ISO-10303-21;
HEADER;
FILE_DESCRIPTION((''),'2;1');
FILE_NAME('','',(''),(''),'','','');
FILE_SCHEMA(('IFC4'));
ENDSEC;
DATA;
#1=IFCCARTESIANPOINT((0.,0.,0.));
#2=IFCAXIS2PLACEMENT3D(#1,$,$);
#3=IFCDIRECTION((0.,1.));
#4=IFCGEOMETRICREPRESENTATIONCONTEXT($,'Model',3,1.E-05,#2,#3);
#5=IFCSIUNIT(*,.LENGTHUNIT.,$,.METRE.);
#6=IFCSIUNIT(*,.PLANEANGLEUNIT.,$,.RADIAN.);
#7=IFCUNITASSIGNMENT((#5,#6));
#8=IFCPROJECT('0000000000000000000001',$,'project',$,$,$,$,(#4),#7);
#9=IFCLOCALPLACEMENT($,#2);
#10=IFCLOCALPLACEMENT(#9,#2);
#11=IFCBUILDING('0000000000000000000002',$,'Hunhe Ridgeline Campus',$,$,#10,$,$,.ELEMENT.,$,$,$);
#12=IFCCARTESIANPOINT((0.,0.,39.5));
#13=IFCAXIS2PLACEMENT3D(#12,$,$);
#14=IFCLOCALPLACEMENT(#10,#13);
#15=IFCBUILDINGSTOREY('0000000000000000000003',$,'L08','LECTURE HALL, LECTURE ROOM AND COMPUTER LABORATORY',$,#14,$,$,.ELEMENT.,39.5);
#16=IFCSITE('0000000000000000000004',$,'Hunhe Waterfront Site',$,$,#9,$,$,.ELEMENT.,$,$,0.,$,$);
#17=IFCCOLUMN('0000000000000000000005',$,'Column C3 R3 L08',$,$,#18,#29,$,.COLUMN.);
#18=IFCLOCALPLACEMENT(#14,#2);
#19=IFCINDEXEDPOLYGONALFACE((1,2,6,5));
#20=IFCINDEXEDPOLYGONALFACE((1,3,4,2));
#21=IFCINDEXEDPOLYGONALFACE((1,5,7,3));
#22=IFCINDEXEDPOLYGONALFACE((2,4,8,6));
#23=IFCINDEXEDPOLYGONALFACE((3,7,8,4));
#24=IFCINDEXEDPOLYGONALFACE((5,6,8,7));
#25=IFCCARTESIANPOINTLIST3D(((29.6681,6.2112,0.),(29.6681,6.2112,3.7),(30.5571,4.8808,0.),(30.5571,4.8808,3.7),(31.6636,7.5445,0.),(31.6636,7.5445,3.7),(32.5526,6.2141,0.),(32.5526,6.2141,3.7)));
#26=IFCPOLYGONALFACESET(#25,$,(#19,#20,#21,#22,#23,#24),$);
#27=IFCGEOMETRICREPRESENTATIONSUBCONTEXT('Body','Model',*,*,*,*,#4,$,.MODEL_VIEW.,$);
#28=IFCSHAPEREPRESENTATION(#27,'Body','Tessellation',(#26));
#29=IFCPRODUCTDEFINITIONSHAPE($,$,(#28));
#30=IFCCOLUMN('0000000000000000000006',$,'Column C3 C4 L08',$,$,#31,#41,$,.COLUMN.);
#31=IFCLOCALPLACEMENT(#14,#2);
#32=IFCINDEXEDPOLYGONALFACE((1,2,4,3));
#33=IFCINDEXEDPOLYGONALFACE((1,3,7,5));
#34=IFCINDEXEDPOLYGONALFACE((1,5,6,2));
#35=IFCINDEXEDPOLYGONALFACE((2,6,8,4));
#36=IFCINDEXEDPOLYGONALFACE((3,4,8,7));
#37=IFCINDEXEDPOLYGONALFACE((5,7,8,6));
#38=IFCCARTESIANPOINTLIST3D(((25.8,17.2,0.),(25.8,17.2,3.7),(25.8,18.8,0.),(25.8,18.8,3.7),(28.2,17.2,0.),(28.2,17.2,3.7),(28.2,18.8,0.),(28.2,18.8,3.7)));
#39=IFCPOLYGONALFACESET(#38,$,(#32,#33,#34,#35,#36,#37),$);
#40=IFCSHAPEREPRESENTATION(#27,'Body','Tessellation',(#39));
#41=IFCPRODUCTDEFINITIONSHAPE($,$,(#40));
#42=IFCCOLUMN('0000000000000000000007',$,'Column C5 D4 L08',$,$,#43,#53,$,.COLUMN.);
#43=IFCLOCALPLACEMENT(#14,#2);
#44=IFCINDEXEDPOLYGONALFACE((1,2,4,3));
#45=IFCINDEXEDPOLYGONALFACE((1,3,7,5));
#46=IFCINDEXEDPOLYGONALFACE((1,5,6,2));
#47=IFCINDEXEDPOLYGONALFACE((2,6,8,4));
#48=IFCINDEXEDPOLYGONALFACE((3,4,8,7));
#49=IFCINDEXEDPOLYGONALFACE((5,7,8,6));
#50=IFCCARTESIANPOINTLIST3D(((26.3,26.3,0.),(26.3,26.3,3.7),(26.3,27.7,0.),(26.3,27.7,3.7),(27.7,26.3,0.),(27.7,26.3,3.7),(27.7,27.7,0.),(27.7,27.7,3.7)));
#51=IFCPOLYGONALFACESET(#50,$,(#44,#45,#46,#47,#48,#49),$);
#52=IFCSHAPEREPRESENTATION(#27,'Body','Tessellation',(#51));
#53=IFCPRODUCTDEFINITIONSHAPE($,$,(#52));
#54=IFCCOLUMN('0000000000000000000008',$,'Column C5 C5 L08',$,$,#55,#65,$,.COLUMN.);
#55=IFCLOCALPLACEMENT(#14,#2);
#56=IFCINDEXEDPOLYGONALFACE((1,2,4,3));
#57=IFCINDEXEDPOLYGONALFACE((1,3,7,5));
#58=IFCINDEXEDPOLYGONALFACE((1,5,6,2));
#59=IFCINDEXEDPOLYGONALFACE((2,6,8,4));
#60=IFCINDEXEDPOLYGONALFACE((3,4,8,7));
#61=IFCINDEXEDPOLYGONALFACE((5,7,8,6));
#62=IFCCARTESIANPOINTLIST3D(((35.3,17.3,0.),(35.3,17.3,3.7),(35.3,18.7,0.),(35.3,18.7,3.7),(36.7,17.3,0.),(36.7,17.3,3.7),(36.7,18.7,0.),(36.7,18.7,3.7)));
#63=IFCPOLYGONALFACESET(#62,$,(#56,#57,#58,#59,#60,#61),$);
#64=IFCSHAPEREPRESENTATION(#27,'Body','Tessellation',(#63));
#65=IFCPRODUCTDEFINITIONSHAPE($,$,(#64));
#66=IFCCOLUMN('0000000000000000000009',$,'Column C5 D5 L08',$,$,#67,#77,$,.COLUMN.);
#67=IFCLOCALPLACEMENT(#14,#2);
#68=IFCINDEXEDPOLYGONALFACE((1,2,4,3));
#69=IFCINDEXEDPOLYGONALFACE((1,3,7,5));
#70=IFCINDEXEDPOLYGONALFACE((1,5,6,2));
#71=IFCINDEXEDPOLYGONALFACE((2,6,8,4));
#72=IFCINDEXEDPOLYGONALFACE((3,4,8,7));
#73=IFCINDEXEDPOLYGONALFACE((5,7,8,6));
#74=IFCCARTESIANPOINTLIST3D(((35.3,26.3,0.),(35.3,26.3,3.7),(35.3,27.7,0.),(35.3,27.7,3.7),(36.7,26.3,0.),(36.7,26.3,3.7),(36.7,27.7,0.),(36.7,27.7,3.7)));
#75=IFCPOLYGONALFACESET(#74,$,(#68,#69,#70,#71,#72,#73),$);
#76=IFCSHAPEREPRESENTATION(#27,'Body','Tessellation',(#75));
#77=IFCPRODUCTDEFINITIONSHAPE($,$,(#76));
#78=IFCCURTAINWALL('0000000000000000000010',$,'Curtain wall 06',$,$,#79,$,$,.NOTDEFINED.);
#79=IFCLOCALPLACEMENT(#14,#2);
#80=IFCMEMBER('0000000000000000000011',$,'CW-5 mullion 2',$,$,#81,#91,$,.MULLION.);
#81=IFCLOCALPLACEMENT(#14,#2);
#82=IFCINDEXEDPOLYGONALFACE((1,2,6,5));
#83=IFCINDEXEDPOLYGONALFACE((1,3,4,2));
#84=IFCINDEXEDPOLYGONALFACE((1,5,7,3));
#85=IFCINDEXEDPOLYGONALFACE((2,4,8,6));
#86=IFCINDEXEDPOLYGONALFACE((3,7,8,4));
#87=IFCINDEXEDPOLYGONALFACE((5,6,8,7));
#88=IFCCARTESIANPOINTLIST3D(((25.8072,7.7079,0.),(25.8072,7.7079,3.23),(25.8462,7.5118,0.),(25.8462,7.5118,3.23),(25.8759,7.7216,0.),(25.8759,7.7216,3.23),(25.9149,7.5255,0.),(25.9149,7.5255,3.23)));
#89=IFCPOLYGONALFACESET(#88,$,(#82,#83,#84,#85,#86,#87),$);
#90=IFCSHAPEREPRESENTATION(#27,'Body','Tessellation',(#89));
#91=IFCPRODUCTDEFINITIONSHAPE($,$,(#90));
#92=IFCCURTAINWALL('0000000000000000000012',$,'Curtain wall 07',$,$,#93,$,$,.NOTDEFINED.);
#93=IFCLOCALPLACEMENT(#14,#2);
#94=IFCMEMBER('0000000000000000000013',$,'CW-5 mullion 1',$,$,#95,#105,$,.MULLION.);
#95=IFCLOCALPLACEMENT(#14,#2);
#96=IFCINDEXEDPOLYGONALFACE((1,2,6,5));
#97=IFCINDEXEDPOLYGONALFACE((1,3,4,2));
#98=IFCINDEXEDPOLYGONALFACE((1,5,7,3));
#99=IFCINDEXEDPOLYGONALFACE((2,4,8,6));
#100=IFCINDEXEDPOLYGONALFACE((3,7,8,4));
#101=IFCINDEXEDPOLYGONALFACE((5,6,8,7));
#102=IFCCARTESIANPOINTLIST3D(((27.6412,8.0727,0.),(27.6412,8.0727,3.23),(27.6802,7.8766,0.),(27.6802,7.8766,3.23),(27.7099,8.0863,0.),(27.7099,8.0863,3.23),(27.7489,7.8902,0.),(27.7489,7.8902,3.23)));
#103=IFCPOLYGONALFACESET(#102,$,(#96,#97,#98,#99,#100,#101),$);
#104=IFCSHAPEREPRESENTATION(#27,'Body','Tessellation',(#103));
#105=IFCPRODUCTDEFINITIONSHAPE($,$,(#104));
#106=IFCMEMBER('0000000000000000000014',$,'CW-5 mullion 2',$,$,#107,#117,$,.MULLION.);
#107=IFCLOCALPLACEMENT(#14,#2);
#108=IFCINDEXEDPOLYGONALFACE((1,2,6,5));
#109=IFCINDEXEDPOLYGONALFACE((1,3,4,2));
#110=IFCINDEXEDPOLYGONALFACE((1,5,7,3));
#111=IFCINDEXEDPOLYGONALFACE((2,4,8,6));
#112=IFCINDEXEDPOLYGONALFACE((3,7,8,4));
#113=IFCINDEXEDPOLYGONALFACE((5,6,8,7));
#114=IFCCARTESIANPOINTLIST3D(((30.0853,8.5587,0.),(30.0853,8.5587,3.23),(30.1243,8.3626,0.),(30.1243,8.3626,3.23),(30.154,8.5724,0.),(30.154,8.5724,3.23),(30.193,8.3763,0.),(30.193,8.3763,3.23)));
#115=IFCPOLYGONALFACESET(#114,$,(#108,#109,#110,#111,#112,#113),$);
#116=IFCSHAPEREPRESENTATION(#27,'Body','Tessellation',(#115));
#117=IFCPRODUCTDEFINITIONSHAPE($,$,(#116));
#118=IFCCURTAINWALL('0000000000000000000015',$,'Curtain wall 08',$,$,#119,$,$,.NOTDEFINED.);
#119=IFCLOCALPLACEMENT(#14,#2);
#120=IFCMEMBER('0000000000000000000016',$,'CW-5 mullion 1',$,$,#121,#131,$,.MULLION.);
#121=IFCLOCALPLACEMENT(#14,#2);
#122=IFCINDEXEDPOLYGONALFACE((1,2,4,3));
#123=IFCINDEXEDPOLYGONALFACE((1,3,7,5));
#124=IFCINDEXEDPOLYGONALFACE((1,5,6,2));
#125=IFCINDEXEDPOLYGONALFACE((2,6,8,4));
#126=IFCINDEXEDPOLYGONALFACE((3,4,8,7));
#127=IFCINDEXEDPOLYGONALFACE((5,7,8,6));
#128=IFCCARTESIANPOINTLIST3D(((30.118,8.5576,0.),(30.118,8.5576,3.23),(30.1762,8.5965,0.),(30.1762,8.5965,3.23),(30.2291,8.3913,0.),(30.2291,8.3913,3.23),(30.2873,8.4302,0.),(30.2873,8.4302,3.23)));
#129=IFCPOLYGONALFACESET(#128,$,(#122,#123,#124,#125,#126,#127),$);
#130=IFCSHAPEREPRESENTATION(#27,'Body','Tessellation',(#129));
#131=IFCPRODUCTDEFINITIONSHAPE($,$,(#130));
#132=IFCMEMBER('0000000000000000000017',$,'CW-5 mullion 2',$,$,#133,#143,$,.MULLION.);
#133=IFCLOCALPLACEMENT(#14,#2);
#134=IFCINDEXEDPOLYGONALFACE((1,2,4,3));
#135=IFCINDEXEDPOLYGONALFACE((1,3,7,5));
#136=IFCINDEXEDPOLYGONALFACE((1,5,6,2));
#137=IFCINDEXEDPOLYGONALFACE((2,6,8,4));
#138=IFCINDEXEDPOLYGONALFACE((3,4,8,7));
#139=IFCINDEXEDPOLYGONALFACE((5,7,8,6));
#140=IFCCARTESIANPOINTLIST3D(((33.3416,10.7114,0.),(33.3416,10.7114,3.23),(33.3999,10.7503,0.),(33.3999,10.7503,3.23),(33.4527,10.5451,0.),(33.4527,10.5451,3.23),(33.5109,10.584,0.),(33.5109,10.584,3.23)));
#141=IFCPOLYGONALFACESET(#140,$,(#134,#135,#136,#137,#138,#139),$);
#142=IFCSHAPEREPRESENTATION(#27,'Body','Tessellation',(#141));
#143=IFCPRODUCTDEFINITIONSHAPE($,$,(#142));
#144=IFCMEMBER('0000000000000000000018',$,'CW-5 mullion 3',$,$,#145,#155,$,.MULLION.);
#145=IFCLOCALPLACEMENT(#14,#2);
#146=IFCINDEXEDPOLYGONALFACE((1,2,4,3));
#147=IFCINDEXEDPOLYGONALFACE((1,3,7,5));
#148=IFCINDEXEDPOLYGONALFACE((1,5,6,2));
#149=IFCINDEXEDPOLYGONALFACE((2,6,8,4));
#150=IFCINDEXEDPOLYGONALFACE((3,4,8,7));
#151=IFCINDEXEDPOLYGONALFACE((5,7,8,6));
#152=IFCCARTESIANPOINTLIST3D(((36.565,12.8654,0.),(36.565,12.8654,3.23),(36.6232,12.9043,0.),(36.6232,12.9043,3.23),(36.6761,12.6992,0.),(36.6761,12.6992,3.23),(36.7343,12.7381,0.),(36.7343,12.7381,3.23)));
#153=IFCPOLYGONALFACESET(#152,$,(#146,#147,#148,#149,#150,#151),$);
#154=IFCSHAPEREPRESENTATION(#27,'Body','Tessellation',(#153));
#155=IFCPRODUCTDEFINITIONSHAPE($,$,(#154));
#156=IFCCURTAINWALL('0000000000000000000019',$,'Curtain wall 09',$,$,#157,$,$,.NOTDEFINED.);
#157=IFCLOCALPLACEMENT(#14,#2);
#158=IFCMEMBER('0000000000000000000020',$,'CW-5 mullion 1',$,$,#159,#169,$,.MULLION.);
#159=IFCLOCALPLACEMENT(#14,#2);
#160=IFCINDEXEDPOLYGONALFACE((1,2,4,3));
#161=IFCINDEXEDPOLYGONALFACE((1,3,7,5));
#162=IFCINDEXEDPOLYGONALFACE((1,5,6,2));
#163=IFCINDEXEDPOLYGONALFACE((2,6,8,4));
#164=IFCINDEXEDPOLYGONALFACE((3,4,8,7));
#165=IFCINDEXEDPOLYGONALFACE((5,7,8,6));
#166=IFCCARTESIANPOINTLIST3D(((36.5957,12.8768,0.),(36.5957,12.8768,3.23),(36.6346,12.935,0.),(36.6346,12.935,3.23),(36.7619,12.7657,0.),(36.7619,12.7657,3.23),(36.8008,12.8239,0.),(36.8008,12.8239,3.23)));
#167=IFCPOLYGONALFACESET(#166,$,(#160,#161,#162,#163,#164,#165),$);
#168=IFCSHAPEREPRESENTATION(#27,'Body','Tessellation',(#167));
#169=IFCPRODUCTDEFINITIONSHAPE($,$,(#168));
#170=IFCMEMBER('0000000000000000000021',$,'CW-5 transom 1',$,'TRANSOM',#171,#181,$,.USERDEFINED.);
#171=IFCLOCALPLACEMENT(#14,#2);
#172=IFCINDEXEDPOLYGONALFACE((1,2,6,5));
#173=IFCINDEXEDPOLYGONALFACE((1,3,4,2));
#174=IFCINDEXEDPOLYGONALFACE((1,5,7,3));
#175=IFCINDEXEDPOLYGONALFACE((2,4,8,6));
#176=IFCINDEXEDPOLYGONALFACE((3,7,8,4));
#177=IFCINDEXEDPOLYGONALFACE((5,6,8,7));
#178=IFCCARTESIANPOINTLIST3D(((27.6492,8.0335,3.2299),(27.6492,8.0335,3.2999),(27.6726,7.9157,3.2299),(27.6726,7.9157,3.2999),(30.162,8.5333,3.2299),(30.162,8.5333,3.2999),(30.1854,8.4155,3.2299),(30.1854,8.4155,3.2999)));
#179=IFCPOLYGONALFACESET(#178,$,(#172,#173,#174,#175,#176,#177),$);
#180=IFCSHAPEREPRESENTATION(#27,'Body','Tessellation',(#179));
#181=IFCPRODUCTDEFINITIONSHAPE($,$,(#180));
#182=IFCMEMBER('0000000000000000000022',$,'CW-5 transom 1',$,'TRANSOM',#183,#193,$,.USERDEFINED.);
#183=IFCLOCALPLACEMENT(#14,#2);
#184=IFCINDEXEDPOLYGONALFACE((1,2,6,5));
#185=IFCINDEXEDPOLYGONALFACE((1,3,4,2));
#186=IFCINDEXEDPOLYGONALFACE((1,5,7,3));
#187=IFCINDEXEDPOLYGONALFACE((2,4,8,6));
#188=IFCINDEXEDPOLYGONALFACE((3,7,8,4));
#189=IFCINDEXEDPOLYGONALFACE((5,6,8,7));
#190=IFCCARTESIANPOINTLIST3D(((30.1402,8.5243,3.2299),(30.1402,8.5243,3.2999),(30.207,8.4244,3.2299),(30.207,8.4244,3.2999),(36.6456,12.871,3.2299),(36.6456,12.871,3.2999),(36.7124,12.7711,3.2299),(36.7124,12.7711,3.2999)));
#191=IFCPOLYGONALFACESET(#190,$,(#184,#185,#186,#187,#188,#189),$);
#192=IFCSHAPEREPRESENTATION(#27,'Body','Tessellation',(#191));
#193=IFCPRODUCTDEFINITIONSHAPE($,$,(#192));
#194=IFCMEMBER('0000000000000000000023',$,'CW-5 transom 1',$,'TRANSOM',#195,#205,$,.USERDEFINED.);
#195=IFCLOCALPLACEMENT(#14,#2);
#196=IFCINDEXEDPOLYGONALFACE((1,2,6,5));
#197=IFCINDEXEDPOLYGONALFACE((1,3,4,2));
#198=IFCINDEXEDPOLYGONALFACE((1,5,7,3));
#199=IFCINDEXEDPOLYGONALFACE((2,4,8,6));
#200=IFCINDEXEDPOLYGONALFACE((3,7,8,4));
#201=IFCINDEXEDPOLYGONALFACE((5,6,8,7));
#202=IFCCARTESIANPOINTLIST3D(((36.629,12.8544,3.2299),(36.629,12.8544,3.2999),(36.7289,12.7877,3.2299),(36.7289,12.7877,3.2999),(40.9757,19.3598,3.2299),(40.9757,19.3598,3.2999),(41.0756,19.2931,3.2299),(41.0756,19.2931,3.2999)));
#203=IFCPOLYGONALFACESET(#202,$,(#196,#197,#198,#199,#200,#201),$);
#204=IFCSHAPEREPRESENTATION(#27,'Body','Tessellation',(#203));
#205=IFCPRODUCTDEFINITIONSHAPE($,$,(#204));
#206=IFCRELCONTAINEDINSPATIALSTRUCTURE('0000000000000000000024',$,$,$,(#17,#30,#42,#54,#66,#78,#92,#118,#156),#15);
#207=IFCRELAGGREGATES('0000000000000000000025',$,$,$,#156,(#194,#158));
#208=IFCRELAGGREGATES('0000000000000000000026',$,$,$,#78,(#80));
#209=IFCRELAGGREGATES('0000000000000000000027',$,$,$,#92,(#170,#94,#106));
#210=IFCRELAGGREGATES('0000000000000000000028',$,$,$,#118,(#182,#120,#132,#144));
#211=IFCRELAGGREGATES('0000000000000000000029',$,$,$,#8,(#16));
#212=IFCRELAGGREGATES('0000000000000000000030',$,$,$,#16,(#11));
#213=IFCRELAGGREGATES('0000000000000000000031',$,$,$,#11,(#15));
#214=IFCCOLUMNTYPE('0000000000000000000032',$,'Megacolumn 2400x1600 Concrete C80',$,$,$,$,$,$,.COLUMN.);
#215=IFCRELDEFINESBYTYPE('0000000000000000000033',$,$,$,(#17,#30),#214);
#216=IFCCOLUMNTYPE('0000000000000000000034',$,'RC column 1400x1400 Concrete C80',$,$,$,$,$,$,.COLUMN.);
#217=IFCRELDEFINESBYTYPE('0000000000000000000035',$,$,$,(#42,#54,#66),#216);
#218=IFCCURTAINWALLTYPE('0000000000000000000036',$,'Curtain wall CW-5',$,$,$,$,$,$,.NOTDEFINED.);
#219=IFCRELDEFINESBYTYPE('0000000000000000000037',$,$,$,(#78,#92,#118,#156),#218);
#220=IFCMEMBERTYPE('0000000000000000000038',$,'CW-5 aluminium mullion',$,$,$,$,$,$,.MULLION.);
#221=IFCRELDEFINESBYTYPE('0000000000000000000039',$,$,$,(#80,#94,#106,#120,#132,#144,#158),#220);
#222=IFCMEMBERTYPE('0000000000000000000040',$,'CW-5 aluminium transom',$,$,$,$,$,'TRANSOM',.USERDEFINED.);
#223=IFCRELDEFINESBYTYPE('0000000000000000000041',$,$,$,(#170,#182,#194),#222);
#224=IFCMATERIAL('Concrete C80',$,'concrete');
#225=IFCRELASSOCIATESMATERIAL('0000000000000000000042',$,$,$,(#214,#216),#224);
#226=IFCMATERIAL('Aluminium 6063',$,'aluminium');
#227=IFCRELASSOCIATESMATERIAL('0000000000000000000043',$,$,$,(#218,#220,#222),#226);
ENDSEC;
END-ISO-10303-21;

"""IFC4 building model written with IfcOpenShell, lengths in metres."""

from ifc_helpers import new_model, si_unit, direction, frame, origin, origin_2d, place, context, subcontext, project, spatial, rectangle, extrude, material, material_profile, profile_set, type_object, element, aggregate, save


model = new_model("IFC4")

# Units and contexts
model_context = context("Model", 3, precision=1e-05, world=origin(), true_north=direction((0.0, 1.0)))
body_context = subcontext(model_context, "Body", "Model", "MODEL_VIEW")
ifc_project = project(units=[si_unit("LENGTHUNIT", "METRE"), si_unit("PLANEANGLEUNIT", "RADIAN")], contexts=[model_context])

# Site, building, storey
site_placement = place(None, origin())
site = spatial("IfcSite", under=ifc_project, at=site_placement, Name="Hunhe Waterfront Site", CompositionType="ELEMENT", RefElevation=0.0)
building_placement = place(site_placement, origin())
building = spatial("IfcBuilding", under=site, at=building_placement, Name="Hunhe Ridgeline Campus", CompositionType="ELEMENT")
storey_placement = place(building_placement, frame((0.0, 0.0, 39.5)))
storey = spatial("IfcBuildingStorey", under=building, at=storey_placement, Name="L08", Description="LECTURE HALL, LECTURE ROOM AND COMPUTER LABORATORY", CompositionType="ELEMENT", Elevation=39.5)

# Columns
ifc_material_1 = material(Name="Concrete C80", Category="concrete")
ifc_material_profile_1 = material_profile(ifc_material_1, rectangle(XDim=2.3999, YDim=1.6001, at=origin_2d()))
ifc_profile_set_1 = profile_set([ifc_material_profile_1], Name="Concrete C80")
column_type_1 = type_object("IfcColumnType", Name="Megacolumn 2400x1600 Concrete C80", PredefinedType="COLUMN", material=ifc_profile_set_1)
for number, where, z_axis, x_axis, name in (
    (1, (31.1104, 6.2126, 0.0), (0.0, 0.0, 1.0), (0.83147, 0.55557, 0.0), "Column C3 R3 L08"),
    (2, (27.0, 18.0, 0.0), (0.0, 0.0, 1.0), (1.0, 0.0, 0.0), "Column C3 C4 L08"),
):
    element("IfcColumn", number, at=place(storey_placement, frame(where, z_axis=z_axis, x_axis=x_axis)), inside=storey, type_object=column_type_1, Name=name, PredefinedType="COLUMN", context=body_context, shape_type="SweptSolid", body=[
        extrude(rectangle(XDim=2.3999, YDim=1.6001, at=origin_2d()), origin(), (0.0, 0.0, 1.0), 3.7),
    ])
ifc_material_profile_2 = material_profile(ifc_material_1, rectangle(XDim=1.3999, YDim=1.3999, at=origin_2d()))
ifc_profile_set_2 = profile_set([ifc_material_profile_2], Name="Concrete C80")
column_type_2 = type_object("IfcColumnType", Name="RC column 1400x1400 Concrete C80", PredefinedType="COLUMN", material=ifc_profile_set_2)
for number, where, z_axis, x_axis, name in (
    (3, (27.0, 27.0, 0.0), (0.0, 0.0, 1.0), (1.0, 0.0, 0.0), "Column C5 D4 L08"),
    (4, (36.0, 18.0, 0.0), (0.0, 0.0, 1.0), (1.0, 0.0, 0.0), "Column C5 C5 L08"),
    (5, (36.0, 27.0, 0.0), (0.0, 0.0, 1.0), (1.0, 0.0, 0.0), "Column C5 D5 L08"),
):
    element("IfcColumn", number, at=place(storey_placement, frame(where, z_axis=z_axis, x_axis=x_axis)), inside=storey, type_object=column_type_2, Name=name, PredefinedType="COLUMN", context=body_context, shape_type="SweptSolid", body=[
        extrude(rectangle(XDim=1.3999, YDim=1.3999, at=origin_2d()), origin(), (0.0, 0.0, 1.0), 3.7),
    ])

# Curtain wall, member
ifc_material_2 = material(Name="Aluminium 6063", Category="aluminium")
curtain_wall_type = type_object("IfcCurtainWallType", Name="Curtain wall CW-5", PredefinedType="NOTDEFINED", material=ifc_material_2)
curtain_wall_1_placement = place(storey_placement, origin())
curtain_wall_1 = element("IfcCurtainWall", 6, at=curtain_wall_1_placement, inside=storey, type_object=curtain_wall_type, Name="Curtain wall 06", PredefinedType="NOTDEFINED")
ifc_material_profile_3 = material_profile(ifc_material_2, rectangle(XDim=0.2, YDim=0.0701, at=origin_2d()))
ifc_profile_set_3 = profile_set([ifc_material_profile_3], Name="Aluminium 6063")
member_type_1 = type_object("IfcMemberType", Name="CW-5 aluminium mullion", PredefinedType="MULLION", material=ifc_profile_set_3)
member_1_placement = place(storey_placement, frame((25.8611, 7.6167, 0.0), z_axis=(0.0, 0.0, 1.0), x_axis=(-0.19509, 0.980785, 0.0)))
member_1 = element("IfcMember", 7, at=member_1_placement, type_object=member_type_1, Name="CW-5 mullion 2", PredefinedType="MULLION", context=body_context, shape_type="SweptSolid", body=[
    extrude(rectangle(XDim=0.2, YDim=0.0701, at=origin_2d()), origin(), (0.0, 0.0, 1.0), 3.23),
])

# Curtain walls, members
curtain_wall_2_placement = place(storey_placement, origin())
curtain_wall_2 = element("IfcCurtainWall", 8, at=curtain_wall_2_placement, inside=storey, type_object=curtain_wall_type, Name="Curtain wall 07", PredefinedType="NOTDEFINED")
member_2_placement = place(storey_placement, frame((27.6951, 7.9814, 0.0), z_axis=(0.0, 0.0, 1.0), x_axis=(-0.195091, 0.980785, 0.0)))
member_2 = element("IfcMember", 9, at=member_2_placement, type_object=member_type_1, Name="CW-5 mullion 1", PredefinedType="MULLION", context=body_context, shape_type="SweptSolid", body=[
    extrude(rectangle(XDim=0.2, YDim=0.0701, at=origin_2d()), origin(), (0.0, 0.0, 1.0), 3.23),
])
member_3_placement = place(storey_placement, frame((30.1392, 8.4675, 0.0), z_axis=(0.0, 0.0, 1.0), x_axis=(-0.195091, 0.980785, 0.0)))
member_3 = element("IfcMember", 10, at=member_3_placement, type_object=member_type_1, Name="CW-5 mullion 2", PredefinedType="MULLION", context=body_context, shape_type="SweptSolid", body=[
    extrude(rectangle(XDim=0.2, YDim=0.0701, at=origin_2d()), origin(), (0.0, 0.0, 1.0), 3.23),
])
curtain_wall_3_placement = place(storey_placement, origin())
curtain_wall_3 = element("IfcCurtainWall", 11, at=curtain_wall_3_placement, inside=storey, type_object=curtain_wall_type, Name="Curtain wall 08", PredefinedType="NOTDEFINED")
member_4_placement = place(storey_placement, frame((30.2026, 8.4939, 0.0), z_axis=(0.0, 0.0, 1.0), x_axis=(-0.55557, 0.83147, 0.0)))
member_4 = element("IfcMember", 12, at=member_4_placement, type_object=member_type_1, Name="CW-5 mullion 1", PredefinedType="MULLION", context=body_context, shape_type="SweptSolid", body=[
    extrude(rectangle(XDim=0.2, YDim=0.0701, at=origin_2d()), origin(), (0.0, 0.0, 1.0), 3.23),
])
member_5_placement = place(storey_placement, frame((33.4263, 10.6477, 0.0), z_axis=(0.0, 0.0, 1.0), x_axis=(-0.55557, 0.83147, 0.0)))
member_5 = element("IfcMember", 13, at=member_5_placement, type_object=member_type_1, Name="CW-5 mullion 2", PredefinedType="MULLION", context=body_context, shape_type="SweptSolid", body=[
    extrude(rectangle(XDim=0.2, YDim=0.0701, at=origin_2d()), origin(), (0.0, 0.0, 1.0), 3.23),
])
member_6_placement = place(storey_placement, frame((36.6497, 12.8018, 0.0), z_axis=(0.0, 0.0, 1.0), x_axis=(-0.55557, 0.83147, 0.0)))
member_6 = element("IfcMember", 14, at=member_6_placement, type_object=member_type_1, Name="CW-5 mullion 3", PredefinedType="MULLION", context=body_context, shape_type="SweptSolid", body=[
    extrude(rectangle(XDim=0.2, YDim=0.0701, at=origin_2d()), origin(), (0.0, 0.0, 1.0), 3.23),
])

# Curtain wall, member
curtain_wall_4_placement = place(storey_placement, origin())
curtain_wall_4 = element("IfcCurtainWall", 15, at=curtain_wall_4_placement, inside=storey, type_object=curtain_wall_type, Name="Curtain wall 09", PredefinedType="NOTDEFINED")
member_7_placement = place(storey_placement, frame((36.6982, 12.8503, 0.0), z_axis=(0.0, 0.0, 1.0), x_axis=(-0.83147, 0.55557, 0.0)))
member_7 = element("IfcMember", 16, at=member_7_placement, type_object=member_type_1, Name="CW-5 mullion 1", PredefinedType="MULLION", context=body_context, shape_type="SweptSolid", body=[
    extrude(rectangle(XDim=0.2, YDim=0.0701, at=origin_2d()), origin(), (0.0, 0.0, 1.0), 3.23),
])

# Members
ifc_material_profile_4 = material_profile(ifc_material_2, rectangle(XDim=0.1201, YDim=0.0701, at=origin_2d()))
ifc_profile_set_4 = profile_set([ifc_material_profile_4], Name="Aluminium 6063")
member_type_2 = type_object("IfcMemberType", Name="CW-5 aluminium transom", ElementType="TRANSOM", PredefinedType="USERDEFINED", material=ifc_profile_set_4)
member_8_placement = place(storey_placement, frame((27.6609, 7.9746, 3.2649), z_axis=(0.980789, 0.195071, 0.0), x_axis=(-0.195071, 0.980789, 0.0)))
member_8 = element("IfcMember", 17, at=member_8_placement, type_object=member_type_2, Name="CW-5 transom 1", ObjectType="TRANSOM", PredefinedType="USERDEFINED", context=body_context, shape_type="SweptSolid", body=[
    extrude(rectangle(XDim=0.1201, YDim=0.0701, at=origin_2d()), origin(), (0.0, 0.0, 1.0), 2.562),
])
member_9_placement = place(storey_placement, frame((30.1736, 8.4744, 3.2649), z_axis=(0.831474, 0.555564, 0.0), x_axis=(-0.555564, 0.831474, 0.0)))
member_9 = element("IfcMember", 18, at=member_9_placement, type_object=member_type_2, Name="CW-5 transom 1", ObjectType="TRANSOM", PredefinedType="USERDEFINED", context=body_context, shape_type="SweptSolid", body=[
    extrude(rectangle(XDim=0.1201, YDim=0.0701, at=origin_2d()), origin(), (0.0, 0.0, 1.0), 7.824),
])
member_10_placement = place(storey_placement, frame((36.679, 12.821, 3.2649), z_axis=(0.555564, 0.831474, 0.0), x_axis=(-0.831474, 0.555564, 0.0)))
member_10 = element("IfcMember", 19, at=member_10_placement, type_object=member_type_2, Name="CW-5 transom 1", ObjectType="TRANSOM", PredefinedType="USERDEFINED", context=body_context, shape_type="SweptSolid", body=[
    extrude(rectangle(XDim=0.1201, YDim=0.0701, at=origin_2d()), origin(), (0.0, 0.0, 1.0), 7.824),
])
aggregate(curtain_wall_4, [member_10, member_7])

aggregate(curtain_wall_1, [member_1])
aggregate(curtain_wall_2, [member_8, member_2, member_3])
aggregate(curtain_wall_3, [member_9, member_4, member_5, member_6])

save(model, "model.ifc")
